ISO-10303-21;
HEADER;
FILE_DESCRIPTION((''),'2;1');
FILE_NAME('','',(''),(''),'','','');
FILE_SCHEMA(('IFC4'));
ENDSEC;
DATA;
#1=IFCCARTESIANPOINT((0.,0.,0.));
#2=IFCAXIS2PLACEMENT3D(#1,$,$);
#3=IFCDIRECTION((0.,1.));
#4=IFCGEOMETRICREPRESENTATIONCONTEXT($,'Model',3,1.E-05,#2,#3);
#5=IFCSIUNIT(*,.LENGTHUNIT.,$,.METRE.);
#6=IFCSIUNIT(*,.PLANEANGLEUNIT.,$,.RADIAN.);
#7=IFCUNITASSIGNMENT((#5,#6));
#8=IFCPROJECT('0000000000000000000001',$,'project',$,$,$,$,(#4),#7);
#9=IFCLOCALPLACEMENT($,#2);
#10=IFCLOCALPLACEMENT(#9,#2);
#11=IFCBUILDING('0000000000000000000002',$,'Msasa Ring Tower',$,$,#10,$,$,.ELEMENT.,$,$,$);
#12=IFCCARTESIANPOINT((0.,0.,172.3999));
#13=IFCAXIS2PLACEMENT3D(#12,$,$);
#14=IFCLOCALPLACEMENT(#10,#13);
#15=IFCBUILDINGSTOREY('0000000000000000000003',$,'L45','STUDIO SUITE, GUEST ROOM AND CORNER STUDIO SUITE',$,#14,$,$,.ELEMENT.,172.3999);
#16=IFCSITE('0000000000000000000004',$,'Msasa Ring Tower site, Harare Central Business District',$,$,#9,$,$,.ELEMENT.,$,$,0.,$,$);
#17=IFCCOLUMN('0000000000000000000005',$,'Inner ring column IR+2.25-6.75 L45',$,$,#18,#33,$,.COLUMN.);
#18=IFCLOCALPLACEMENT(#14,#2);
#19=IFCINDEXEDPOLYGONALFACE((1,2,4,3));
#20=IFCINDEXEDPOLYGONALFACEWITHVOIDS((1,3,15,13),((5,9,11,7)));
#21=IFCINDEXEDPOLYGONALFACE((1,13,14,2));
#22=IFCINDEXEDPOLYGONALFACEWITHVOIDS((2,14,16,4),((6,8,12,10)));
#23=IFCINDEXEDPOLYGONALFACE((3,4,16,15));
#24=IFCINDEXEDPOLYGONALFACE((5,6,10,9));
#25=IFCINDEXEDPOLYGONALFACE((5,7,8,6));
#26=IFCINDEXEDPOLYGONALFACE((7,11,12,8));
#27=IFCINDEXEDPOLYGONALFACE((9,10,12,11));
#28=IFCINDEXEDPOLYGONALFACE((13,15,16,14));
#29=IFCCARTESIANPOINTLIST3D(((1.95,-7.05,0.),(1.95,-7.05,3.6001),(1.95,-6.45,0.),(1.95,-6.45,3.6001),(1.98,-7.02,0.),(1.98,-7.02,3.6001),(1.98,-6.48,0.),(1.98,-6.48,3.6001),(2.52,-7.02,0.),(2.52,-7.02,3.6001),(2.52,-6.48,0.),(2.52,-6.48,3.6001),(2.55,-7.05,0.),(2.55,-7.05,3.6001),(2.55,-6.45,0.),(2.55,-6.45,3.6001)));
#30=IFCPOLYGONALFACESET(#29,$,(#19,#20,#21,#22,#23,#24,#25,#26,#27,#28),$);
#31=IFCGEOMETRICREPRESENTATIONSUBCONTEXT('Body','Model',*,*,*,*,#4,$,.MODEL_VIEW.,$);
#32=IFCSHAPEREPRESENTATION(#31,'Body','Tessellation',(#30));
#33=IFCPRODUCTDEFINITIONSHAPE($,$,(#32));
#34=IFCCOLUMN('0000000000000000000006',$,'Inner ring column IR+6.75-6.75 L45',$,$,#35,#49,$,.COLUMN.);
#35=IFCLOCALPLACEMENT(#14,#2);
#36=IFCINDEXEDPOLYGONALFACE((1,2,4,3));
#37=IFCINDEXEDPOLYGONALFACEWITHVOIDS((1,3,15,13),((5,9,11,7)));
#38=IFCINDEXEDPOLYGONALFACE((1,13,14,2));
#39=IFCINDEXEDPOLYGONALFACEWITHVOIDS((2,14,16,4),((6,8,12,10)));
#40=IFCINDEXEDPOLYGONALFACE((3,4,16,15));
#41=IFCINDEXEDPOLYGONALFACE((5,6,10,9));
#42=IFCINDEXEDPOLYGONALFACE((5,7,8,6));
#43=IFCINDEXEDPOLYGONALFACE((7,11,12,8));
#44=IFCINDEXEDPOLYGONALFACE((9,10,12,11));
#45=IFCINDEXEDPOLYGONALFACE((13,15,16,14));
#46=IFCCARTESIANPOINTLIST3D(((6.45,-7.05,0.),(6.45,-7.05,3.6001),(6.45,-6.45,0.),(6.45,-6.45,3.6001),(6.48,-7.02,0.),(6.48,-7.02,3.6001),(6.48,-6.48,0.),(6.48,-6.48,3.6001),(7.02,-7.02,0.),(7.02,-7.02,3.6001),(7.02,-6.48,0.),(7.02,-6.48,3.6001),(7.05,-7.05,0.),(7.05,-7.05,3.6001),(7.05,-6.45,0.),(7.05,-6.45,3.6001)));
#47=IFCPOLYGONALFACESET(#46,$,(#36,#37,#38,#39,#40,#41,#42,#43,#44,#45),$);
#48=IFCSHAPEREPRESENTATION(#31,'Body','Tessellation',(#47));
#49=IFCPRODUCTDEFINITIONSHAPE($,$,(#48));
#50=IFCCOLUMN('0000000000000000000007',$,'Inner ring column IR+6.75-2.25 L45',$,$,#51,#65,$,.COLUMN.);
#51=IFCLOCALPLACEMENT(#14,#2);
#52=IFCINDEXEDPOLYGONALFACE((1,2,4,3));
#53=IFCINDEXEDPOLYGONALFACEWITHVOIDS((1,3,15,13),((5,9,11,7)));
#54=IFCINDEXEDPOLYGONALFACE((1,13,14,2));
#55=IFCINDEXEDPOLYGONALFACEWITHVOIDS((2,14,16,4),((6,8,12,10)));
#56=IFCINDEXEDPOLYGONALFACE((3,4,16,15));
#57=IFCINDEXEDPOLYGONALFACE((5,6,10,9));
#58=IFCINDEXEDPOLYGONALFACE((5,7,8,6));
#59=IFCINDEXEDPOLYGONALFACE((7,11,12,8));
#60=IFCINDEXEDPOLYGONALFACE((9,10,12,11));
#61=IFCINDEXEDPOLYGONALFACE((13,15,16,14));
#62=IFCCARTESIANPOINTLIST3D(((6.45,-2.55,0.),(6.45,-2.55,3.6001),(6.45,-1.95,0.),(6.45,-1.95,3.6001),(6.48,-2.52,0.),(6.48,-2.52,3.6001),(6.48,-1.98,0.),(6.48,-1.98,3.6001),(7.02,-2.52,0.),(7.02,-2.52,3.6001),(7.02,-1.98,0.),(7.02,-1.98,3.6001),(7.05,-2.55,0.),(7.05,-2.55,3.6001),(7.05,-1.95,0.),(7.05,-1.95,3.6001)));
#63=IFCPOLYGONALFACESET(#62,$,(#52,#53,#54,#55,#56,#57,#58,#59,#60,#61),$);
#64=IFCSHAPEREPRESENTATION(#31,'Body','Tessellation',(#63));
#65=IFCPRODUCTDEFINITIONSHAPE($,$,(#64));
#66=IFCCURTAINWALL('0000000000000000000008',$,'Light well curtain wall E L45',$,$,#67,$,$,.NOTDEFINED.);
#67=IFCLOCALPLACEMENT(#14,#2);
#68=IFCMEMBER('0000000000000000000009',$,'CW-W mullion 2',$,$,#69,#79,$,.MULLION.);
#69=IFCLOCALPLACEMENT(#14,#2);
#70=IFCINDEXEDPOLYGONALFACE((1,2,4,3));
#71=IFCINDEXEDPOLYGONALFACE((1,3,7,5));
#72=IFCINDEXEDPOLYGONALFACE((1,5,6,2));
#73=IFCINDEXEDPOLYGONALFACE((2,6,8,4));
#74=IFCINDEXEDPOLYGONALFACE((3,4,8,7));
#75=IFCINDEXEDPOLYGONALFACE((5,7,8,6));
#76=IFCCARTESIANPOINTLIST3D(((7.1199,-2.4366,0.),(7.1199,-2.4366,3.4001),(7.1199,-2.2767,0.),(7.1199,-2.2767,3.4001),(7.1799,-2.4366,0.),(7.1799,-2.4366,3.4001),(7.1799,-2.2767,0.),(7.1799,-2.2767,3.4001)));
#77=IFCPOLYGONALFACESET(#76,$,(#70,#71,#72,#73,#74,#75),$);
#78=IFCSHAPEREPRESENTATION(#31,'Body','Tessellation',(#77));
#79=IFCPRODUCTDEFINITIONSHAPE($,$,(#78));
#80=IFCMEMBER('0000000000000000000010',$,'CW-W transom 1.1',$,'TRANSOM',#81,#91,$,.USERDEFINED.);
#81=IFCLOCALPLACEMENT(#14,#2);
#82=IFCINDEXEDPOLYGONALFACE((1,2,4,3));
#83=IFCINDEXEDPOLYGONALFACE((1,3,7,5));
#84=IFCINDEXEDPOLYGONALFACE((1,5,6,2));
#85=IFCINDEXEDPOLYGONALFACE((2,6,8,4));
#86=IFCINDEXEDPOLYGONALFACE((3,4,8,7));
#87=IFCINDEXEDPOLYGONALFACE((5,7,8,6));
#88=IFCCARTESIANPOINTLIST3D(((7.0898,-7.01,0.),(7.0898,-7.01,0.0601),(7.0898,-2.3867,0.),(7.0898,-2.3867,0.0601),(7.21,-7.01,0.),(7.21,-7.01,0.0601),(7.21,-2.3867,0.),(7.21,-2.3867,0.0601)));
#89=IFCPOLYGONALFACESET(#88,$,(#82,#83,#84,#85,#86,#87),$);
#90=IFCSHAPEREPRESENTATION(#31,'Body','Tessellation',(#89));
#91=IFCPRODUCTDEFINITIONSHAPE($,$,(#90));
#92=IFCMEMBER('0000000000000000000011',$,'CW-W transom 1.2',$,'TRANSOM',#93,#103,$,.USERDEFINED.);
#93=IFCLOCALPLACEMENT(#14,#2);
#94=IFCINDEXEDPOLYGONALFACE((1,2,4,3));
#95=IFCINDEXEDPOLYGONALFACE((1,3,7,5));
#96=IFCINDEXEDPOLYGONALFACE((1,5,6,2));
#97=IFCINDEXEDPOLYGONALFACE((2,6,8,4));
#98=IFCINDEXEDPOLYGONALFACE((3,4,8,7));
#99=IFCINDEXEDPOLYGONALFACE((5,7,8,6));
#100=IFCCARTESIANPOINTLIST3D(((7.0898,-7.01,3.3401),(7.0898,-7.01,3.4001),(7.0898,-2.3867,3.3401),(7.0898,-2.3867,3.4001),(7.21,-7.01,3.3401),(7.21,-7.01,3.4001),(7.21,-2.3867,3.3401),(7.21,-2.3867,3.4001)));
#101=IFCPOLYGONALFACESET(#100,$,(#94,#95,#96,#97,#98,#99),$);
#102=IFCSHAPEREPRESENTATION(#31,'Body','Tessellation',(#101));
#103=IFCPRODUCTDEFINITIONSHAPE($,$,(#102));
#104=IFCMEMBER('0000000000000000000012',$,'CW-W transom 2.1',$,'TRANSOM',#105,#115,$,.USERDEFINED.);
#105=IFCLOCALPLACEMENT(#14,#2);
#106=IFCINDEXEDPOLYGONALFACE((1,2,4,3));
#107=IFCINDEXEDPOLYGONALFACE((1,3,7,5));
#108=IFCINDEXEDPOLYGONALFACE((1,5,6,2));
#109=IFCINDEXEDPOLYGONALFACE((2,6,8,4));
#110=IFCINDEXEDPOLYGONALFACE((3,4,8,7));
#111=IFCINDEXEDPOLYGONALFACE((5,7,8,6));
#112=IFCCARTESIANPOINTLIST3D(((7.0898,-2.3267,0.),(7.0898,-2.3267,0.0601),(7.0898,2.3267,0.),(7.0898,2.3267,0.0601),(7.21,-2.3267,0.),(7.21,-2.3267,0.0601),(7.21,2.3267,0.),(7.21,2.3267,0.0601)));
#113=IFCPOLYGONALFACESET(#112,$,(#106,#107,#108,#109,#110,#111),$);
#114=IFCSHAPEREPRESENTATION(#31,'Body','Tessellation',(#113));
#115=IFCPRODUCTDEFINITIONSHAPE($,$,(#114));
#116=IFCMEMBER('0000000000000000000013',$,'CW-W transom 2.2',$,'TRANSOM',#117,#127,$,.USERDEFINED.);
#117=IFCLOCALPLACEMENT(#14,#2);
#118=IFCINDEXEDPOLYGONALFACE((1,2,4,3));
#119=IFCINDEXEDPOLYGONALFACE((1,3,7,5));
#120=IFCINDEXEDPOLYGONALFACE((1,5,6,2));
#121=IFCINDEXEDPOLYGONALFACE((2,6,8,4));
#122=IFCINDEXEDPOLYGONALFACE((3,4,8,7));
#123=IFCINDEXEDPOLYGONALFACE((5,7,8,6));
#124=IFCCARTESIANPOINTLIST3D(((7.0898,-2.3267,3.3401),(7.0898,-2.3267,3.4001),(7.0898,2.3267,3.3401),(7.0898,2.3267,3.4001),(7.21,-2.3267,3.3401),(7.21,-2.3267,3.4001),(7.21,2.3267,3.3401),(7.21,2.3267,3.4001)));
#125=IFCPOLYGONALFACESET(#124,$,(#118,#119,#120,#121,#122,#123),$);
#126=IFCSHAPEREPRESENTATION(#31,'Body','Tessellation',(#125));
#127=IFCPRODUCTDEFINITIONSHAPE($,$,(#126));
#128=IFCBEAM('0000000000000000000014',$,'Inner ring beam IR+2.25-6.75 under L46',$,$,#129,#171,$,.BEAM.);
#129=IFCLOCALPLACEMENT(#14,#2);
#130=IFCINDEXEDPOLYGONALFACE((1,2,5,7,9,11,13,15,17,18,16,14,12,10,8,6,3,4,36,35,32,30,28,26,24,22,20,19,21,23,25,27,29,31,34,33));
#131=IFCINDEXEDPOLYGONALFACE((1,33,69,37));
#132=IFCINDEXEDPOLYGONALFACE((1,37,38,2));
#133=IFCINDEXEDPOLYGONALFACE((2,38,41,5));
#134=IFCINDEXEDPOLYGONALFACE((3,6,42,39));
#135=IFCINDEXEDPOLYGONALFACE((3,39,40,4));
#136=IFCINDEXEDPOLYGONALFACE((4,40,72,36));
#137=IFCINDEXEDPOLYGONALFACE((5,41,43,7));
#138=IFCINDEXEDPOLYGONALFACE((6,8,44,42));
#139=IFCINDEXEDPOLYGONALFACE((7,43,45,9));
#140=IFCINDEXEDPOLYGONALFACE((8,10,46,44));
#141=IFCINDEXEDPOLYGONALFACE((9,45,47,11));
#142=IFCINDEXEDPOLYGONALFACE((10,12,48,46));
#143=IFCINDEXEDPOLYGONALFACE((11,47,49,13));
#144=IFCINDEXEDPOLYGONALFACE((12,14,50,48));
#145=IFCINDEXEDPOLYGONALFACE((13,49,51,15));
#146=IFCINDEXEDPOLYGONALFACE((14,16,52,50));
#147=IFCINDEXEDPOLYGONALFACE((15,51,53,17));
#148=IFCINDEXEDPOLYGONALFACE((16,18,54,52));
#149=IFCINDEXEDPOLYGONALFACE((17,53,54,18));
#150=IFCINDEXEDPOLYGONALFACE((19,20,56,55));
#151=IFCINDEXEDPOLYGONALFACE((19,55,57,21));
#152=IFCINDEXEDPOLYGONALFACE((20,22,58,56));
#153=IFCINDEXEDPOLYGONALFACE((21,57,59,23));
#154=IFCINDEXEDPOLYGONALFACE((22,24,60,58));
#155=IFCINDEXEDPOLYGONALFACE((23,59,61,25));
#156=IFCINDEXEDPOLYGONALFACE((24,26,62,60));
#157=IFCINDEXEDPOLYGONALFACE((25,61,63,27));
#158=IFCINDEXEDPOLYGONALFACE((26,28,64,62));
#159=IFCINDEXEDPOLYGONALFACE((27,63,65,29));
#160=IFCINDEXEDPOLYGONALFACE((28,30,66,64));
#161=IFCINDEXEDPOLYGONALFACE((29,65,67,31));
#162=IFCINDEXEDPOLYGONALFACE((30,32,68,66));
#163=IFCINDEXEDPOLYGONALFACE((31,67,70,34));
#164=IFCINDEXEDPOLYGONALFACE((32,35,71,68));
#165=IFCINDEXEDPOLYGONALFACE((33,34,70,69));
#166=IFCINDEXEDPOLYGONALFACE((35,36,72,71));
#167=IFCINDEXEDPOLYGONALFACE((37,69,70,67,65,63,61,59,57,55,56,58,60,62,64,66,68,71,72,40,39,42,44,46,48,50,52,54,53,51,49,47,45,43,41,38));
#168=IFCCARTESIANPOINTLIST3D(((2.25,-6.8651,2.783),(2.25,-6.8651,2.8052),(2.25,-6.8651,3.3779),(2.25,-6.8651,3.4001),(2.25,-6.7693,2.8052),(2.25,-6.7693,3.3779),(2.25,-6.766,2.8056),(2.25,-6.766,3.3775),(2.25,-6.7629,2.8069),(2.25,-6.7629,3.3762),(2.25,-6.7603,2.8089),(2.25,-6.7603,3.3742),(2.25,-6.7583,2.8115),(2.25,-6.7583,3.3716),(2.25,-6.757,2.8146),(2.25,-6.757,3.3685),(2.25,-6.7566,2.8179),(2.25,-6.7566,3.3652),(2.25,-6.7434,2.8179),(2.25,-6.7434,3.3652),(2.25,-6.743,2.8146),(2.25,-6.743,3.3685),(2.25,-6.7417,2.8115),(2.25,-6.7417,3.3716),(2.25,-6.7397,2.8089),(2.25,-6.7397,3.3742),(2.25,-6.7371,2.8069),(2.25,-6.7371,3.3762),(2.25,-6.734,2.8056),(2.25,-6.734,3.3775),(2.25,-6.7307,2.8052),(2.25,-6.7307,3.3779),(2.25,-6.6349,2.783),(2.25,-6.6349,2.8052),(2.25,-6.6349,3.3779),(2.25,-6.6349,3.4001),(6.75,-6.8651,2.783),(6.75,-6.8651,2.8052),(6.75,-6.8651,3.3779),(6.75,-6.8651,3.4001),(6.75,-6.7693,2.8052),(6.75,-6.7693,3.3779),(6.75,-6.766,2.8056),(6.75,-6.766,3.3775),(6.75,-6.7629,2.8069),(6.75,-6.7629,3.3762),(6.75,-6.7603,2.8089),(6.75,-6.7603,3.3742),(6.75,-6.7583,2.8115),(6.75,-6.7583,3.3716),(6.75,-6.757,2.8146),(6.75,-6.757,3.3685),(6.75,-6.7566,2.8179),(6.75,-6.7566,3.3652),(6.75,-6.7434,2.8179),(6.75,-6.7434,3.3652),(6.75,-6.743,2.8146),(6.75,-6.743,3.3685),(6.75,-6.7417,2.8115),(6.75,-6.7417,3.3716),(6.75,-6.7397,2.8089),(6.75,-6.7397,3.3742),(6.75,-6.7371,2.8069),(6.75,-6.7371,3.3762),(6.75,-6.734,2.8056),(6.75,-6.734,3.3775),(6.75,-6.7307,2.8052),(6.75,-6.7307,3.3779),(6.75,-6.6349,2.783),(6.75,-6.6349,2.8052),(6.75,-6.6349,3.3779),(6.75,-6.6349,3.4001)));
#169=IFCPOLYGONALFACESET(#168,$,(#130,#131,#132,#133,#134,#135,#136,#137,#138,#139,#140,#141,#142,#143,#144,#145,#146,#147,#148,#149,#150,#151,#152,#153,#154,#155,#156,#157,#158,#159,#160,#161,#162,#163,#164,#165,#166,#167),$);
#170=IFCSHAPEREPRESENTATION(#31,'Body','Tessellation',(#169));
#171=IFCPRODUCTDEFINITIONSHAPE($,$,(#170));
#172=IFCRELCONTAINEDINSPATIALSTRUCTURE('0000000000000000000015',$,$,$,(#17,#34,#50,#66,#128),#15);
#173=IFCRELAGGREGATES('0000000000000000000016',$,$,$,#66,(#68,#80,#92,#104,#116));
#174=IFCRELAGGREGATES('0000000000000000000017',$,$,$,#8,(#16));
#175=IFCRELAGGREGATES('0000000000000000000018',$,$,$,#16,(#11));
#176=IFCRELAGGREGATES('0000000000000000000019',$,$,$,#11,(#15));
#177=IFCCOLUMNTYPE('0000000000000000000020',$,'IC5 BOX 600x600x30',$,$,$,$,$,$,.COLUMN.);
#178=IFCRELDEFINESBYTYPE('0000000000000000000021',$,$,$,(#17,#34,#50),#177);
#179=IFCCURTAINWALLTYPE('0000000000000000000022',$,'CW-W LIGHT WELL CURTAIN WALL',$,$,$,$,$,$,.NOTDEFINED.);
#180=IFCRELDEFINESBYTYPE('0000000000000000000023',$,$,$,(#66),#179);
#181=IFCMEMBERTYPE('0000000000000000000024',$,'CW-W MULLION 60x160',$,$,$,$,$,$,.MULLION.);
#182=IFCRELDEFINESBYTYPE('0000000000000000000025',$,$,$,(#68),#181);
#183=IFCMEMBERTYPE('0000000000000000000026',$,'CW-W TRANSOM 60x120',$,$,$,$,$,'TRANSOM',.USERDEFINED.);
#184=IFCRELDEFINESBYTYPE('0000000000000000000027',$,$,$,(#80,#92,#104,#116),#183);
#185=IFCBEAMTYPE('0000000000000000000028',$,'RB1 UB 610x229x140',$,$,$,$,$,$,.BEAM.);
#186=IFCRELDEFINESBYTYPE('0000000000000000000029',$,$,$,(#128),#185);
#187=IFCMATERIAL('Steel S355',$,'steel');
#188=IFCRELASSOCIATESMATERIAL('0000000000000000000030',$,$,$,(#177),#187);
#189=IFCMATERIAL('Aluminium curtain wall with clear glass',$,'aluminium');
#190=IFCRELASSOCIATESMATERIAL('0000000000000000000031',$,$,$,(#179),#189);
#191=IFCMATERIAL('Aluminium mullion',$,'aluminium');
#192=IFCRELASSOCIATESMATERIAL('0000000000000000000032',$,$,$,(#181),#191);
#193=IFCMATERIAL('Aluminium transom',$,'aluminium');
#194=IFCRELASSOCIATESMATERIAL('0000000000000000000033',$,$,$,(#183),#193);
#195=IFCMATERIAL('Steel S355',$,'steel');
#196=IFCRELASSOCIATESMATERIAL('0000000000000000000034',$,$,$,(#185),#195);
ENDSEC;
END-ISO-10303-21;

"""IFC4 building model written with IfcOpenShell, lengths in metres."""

from ifc_helpers import new_model, si_unit, direction, frame, origin, origin_2d, place, context, subcontext, project, spatial, rectangle, hollow_rectangle, i_section, extrude, material, material_profile, profile_set, type_object, element, aggregate, save


model = new_model("IFC4")

# Units and contexts
model_context = context("Model", 3, precision=1e-05, world=origin(), true_north=direction((0.0, 1.0)))
body_context = subcontext(model_context, "Body", "Model", "MODEL_VIEW")
ifc_project = project(units=[si_unit("LENGTHUNIT", "METRE"), si_unit("PLANEANGLEUNIT", "RADIAN")], contexts=[model_context])

# Site, building, storey
site_placement = place(None, origin())
site = spatial("IfcSite", under=ifc_project, at=site_placement, Name="Msasa Ring Tower site, Harare Central Business District", CompositionType="ELEMENT", RefElevation=0.0)
building_placement = place(site_placement, origin())
building = spatial("IfcBuilding", under=site, at=building_placement, Name="Msasa Ring Tower", CompositionType="ELEMENT")
storey_placement = place(building_placement, frame((0.0, 0.0, 172.3999)))
storey = spatial("IfcBuildingStorey", under=building, at=storey_placement, Name="L45", Description="STUDIO SUITE, GUEST ROOM AND CORNER STUDIO SUITE", CompositionType="ELEMENT", Elevation=172.3999)

# Columns
ifc_material_1 = material(Name="Steel S355", Category="steel")
ifc_material_profile_1 = material_profile(ifc_material_1, hollow_rectangle(XDim=0.6001, YDim=0.6001, WallThickness=0.03, at=origin_2d()), Name="BOX 600x600x30")
ifc_profile_set_1 = profile_set([ifc_material_profile_1], Name="Steel S355")
column_type = type_object("IfcColumnType", Name="IC5 BOX 600x600x30", PredefinedType="COLUMN", material=ifc_profile_set_1)
for number, where, z_axis, x_axis, name in (
    (1, (2.25, -6.75, 0.0), (0.0, 0.0, 1.0), (1.0, 0.0, 0.0), "Inner ring column IR+2.25-6.75 L45"),
    (2, (6.75, -6.75, 0.0), (0.0, 0.0, 1.0), (1.0, 0.0, 0.0), "Inner ring column IR+6.75-6.75 L45"),
    (3, (6.75, -2.25, 0.0), (0.0, 0.0, 1.0), (1.0, 0.0, 0.0), "Inner ring column IR+6.75-2.25 L45"),
):
    element("IfcColumn", number, at=place(storey_placement, frame(where, z_axis=z_axis, x_axis=x_axis)), inside=storey, type_object=column_type, Name=name, PredefinedType="COLUMN", context=body_context, shape_type="SweptSolid", body=[
        extrude(hollow_rectangle(XDim=0.6001, YDim=0.6001, WallThickness=0.03, at=origin_2d()), origin(), (0.0, 0.0, 1.0), 3.6001),
    ])

# Curtain wall, members
ifc_material_2 = material(Name="Aluminium curtain wall with clear glass", Category="aluminium")
curtain_wall_type = type_object("IfcCurtainWallType", Name="CW-W LIGHT WELL CURTAIN WALL", PredefinedType="NOTDEFINED", material=ifc_material_2)
curtain_wall_placement = place(storey_placement, origin())
curtain_wall = element("IfcCurtainWall", 4, at=curtain_wall_placement, inside=storey, type_object=curtain_wall_type, Name="Light well curtain wall E L45", PredefinedType="NOTDEFINED")
ifc_material_3 = material(Name="Aluminium mullion", Category="aluminium")
ifc_material_profile_2 = material_profile(ifc_material_3, rectangle(XDim=0.0601, YDim=0.1599, at=origin_2d()), Name="AL 60x160")
ifc_profile_set_2 = profile_set([ifc_material_profile_2], Name="Aluminium mullion")
member_type_1 = type_object("IfcMemberType", Name="CW-W MULLION 60x160", PredefinedType="MULLION", material=ifc_profile_set_2)
member_1_placement = place(storey_placement, frame((7.1499, -2.3567, 0.0), z_axis=(0.0, 0.0, 1.0), x_axis=(-1.0, 0.0, 0.0)))
member_1 = element("IfcMember", 5, at=member_1_placement, type_object=member_type_1, Name="CW-W mullion 2", PredefinedType="MULLION", context=body_context, shape_type="SweptSolid", body=[
    extrude(rectangle(XDim=0.0601, YDim=0.1599, at=origin_2d()), origin(), (0.0, 0.0, 1.0), 3.4001),
])
ifc_material_4 = material(Name="Aluminium transom", Category="aluminium")
ifc_material_profile_3 = material_profile(ifc_material_4, rectangle(XDim=0.1201, YDim=0.0601, at=origin_2d()), Name="AL 60x120")
ifc_profile_set_3 = profile_set([ifc_material_profile_3], Name="Aluminium transom")
member_type_2 = type_object("IfcMemberType", Name="CW-W TRANSOM 60x120", ElementType="TRANSOM", PredefinedType="USERDEFINED", material=ifc_profile_set_3)
member_2_placement = place(storey_placement, frame((7.1499, -7.01, 0.03), z_axis=(0.0, 1.0, 0.0), x_axis=(-1.0, 0.0, 0.0)))
member_2 = element("IfcMember", 6, at=member_2_placement, type_object=member_type_2, Name="CW-W transom 1.1", ObjectType="TRANSOM", PredefinedType="USERDEFINED", context=body_context, shape_type="SweptSolid", body=[
    extrude(rectangle(XDim=0.1201, YDim=0.0601, at=origin_2d()), origin(), (0.0, 0.0, 1.0), 4.6233),
])
member_3_placement = place(storey_placement, frame((7.1499, -7.01, 3.3701), z_axis=(0.0, 1.0, 0.0), x_axis=(-1.0, 0.0, 0.0)))
member_3 = element("IfcMember", 7, at=member_3_placement, type_object=member_type_2, Name="CW-W transom 1.2", ObjectType="TRANSOM", PredefinedType="USERDEFINED", context=body_context, shape_type="SweptSolid", body=[
    extrude(rectangle(XDim=0.1201, YDim=0.0601, at=origin_2d()), origin(), (0.0, 0.0, 1.0), 4.6233),
])
member_4_placement = place(storey_placement, frame((7.1499, -2.3267, 0.03), z_axis=(0.0, 1.0, 0.0), x_axis=(-1.0, 0.0, 0.0)))
member_4 = element("IfcMember", 8, at=member_4_placement, type_object=member_type_2, Name="CW-W transom 2.1", ObjectType="TRANSOM", PredefinedType="USERDEFINED", context=body_context, shape_type="SweptSolid", body=[
    extrude(rectangle(XDim=0.1201, YDim=0.0601, at=origin_2d()), origin(), (0.0, 0.0, 1.0), 4.6533),
])
member_5_placement = place(storey_placement, frame((7.1499, -2.3267, 3.3701), z_axis=(0.0, 1.0, 0.0), x_axis=(-1.0, 0.0, 0.0)))
member_5 = element("IfcMember", 9, at=member_5_placement, type_object=member_type_2, Name="CW-W transom 2.2", ObjectType="TRANSOM", PredefinedType="USERDEFINED", context=body_context, shape_type="SweptSolid", body=[
    extrude(rectangle(XDim=0.1201, YDim=0.0601, at=origin_2d()), origin(), (0.0, 0.0, 1.0), 4.6533),
])

# Beam
ifc_material_5 = material(Name="Steel S355", Category="steel")
ifc_material_profile_4 = material_profile(ifc_material_5, i_section(OverallWidth=0.2302, OverallDepth=0.6172, WebThickness=0.0132, FlangeThickness=0.0222, FilletRadius=0.0127, at=origin_2d()), Name="UB 610x229x140")
ifc_profile_set_4 = profile_set([ifc_material_profile_4], Name="Steel S355")
beam_type = type_object("IfcBeamType", Name="RB1 UB 610x229x140", PredefinedType="BEAM", material=ifc_profile_set_4)
for number, where, z_axis, x_axis, name in (
    (10, (2.25, -6.75, 3.0916), (1.0, 0.0, 0.0), (0.0, 1.0, 0.0), "Inner ring beam IR+2.25-6.75 under L46"),
):
    element("IfcBeam", number, at=place(storey_placement, frame(where, z_axis=z_axis, x_axis=x_axis)), inside=storey, type_object=beam_type, Name=name, PredefinedType="BEAM", context=body_context, shape_type="SweptSolid", body=[
        extrude(i_section(OverallWidth=0.2302, OverallDepth=0.6172, WebThickness=0.0132, FlangeThickness=0.0222, FilletRadius=0.0127, at=origin_2d()), origin(), (0.0, 0.0, 1.0), 4.5),
    ])

aggregate(curtain_wall, [member_1, member_2, member_3, member_4, member_5])

save(model, "model.ifc")
